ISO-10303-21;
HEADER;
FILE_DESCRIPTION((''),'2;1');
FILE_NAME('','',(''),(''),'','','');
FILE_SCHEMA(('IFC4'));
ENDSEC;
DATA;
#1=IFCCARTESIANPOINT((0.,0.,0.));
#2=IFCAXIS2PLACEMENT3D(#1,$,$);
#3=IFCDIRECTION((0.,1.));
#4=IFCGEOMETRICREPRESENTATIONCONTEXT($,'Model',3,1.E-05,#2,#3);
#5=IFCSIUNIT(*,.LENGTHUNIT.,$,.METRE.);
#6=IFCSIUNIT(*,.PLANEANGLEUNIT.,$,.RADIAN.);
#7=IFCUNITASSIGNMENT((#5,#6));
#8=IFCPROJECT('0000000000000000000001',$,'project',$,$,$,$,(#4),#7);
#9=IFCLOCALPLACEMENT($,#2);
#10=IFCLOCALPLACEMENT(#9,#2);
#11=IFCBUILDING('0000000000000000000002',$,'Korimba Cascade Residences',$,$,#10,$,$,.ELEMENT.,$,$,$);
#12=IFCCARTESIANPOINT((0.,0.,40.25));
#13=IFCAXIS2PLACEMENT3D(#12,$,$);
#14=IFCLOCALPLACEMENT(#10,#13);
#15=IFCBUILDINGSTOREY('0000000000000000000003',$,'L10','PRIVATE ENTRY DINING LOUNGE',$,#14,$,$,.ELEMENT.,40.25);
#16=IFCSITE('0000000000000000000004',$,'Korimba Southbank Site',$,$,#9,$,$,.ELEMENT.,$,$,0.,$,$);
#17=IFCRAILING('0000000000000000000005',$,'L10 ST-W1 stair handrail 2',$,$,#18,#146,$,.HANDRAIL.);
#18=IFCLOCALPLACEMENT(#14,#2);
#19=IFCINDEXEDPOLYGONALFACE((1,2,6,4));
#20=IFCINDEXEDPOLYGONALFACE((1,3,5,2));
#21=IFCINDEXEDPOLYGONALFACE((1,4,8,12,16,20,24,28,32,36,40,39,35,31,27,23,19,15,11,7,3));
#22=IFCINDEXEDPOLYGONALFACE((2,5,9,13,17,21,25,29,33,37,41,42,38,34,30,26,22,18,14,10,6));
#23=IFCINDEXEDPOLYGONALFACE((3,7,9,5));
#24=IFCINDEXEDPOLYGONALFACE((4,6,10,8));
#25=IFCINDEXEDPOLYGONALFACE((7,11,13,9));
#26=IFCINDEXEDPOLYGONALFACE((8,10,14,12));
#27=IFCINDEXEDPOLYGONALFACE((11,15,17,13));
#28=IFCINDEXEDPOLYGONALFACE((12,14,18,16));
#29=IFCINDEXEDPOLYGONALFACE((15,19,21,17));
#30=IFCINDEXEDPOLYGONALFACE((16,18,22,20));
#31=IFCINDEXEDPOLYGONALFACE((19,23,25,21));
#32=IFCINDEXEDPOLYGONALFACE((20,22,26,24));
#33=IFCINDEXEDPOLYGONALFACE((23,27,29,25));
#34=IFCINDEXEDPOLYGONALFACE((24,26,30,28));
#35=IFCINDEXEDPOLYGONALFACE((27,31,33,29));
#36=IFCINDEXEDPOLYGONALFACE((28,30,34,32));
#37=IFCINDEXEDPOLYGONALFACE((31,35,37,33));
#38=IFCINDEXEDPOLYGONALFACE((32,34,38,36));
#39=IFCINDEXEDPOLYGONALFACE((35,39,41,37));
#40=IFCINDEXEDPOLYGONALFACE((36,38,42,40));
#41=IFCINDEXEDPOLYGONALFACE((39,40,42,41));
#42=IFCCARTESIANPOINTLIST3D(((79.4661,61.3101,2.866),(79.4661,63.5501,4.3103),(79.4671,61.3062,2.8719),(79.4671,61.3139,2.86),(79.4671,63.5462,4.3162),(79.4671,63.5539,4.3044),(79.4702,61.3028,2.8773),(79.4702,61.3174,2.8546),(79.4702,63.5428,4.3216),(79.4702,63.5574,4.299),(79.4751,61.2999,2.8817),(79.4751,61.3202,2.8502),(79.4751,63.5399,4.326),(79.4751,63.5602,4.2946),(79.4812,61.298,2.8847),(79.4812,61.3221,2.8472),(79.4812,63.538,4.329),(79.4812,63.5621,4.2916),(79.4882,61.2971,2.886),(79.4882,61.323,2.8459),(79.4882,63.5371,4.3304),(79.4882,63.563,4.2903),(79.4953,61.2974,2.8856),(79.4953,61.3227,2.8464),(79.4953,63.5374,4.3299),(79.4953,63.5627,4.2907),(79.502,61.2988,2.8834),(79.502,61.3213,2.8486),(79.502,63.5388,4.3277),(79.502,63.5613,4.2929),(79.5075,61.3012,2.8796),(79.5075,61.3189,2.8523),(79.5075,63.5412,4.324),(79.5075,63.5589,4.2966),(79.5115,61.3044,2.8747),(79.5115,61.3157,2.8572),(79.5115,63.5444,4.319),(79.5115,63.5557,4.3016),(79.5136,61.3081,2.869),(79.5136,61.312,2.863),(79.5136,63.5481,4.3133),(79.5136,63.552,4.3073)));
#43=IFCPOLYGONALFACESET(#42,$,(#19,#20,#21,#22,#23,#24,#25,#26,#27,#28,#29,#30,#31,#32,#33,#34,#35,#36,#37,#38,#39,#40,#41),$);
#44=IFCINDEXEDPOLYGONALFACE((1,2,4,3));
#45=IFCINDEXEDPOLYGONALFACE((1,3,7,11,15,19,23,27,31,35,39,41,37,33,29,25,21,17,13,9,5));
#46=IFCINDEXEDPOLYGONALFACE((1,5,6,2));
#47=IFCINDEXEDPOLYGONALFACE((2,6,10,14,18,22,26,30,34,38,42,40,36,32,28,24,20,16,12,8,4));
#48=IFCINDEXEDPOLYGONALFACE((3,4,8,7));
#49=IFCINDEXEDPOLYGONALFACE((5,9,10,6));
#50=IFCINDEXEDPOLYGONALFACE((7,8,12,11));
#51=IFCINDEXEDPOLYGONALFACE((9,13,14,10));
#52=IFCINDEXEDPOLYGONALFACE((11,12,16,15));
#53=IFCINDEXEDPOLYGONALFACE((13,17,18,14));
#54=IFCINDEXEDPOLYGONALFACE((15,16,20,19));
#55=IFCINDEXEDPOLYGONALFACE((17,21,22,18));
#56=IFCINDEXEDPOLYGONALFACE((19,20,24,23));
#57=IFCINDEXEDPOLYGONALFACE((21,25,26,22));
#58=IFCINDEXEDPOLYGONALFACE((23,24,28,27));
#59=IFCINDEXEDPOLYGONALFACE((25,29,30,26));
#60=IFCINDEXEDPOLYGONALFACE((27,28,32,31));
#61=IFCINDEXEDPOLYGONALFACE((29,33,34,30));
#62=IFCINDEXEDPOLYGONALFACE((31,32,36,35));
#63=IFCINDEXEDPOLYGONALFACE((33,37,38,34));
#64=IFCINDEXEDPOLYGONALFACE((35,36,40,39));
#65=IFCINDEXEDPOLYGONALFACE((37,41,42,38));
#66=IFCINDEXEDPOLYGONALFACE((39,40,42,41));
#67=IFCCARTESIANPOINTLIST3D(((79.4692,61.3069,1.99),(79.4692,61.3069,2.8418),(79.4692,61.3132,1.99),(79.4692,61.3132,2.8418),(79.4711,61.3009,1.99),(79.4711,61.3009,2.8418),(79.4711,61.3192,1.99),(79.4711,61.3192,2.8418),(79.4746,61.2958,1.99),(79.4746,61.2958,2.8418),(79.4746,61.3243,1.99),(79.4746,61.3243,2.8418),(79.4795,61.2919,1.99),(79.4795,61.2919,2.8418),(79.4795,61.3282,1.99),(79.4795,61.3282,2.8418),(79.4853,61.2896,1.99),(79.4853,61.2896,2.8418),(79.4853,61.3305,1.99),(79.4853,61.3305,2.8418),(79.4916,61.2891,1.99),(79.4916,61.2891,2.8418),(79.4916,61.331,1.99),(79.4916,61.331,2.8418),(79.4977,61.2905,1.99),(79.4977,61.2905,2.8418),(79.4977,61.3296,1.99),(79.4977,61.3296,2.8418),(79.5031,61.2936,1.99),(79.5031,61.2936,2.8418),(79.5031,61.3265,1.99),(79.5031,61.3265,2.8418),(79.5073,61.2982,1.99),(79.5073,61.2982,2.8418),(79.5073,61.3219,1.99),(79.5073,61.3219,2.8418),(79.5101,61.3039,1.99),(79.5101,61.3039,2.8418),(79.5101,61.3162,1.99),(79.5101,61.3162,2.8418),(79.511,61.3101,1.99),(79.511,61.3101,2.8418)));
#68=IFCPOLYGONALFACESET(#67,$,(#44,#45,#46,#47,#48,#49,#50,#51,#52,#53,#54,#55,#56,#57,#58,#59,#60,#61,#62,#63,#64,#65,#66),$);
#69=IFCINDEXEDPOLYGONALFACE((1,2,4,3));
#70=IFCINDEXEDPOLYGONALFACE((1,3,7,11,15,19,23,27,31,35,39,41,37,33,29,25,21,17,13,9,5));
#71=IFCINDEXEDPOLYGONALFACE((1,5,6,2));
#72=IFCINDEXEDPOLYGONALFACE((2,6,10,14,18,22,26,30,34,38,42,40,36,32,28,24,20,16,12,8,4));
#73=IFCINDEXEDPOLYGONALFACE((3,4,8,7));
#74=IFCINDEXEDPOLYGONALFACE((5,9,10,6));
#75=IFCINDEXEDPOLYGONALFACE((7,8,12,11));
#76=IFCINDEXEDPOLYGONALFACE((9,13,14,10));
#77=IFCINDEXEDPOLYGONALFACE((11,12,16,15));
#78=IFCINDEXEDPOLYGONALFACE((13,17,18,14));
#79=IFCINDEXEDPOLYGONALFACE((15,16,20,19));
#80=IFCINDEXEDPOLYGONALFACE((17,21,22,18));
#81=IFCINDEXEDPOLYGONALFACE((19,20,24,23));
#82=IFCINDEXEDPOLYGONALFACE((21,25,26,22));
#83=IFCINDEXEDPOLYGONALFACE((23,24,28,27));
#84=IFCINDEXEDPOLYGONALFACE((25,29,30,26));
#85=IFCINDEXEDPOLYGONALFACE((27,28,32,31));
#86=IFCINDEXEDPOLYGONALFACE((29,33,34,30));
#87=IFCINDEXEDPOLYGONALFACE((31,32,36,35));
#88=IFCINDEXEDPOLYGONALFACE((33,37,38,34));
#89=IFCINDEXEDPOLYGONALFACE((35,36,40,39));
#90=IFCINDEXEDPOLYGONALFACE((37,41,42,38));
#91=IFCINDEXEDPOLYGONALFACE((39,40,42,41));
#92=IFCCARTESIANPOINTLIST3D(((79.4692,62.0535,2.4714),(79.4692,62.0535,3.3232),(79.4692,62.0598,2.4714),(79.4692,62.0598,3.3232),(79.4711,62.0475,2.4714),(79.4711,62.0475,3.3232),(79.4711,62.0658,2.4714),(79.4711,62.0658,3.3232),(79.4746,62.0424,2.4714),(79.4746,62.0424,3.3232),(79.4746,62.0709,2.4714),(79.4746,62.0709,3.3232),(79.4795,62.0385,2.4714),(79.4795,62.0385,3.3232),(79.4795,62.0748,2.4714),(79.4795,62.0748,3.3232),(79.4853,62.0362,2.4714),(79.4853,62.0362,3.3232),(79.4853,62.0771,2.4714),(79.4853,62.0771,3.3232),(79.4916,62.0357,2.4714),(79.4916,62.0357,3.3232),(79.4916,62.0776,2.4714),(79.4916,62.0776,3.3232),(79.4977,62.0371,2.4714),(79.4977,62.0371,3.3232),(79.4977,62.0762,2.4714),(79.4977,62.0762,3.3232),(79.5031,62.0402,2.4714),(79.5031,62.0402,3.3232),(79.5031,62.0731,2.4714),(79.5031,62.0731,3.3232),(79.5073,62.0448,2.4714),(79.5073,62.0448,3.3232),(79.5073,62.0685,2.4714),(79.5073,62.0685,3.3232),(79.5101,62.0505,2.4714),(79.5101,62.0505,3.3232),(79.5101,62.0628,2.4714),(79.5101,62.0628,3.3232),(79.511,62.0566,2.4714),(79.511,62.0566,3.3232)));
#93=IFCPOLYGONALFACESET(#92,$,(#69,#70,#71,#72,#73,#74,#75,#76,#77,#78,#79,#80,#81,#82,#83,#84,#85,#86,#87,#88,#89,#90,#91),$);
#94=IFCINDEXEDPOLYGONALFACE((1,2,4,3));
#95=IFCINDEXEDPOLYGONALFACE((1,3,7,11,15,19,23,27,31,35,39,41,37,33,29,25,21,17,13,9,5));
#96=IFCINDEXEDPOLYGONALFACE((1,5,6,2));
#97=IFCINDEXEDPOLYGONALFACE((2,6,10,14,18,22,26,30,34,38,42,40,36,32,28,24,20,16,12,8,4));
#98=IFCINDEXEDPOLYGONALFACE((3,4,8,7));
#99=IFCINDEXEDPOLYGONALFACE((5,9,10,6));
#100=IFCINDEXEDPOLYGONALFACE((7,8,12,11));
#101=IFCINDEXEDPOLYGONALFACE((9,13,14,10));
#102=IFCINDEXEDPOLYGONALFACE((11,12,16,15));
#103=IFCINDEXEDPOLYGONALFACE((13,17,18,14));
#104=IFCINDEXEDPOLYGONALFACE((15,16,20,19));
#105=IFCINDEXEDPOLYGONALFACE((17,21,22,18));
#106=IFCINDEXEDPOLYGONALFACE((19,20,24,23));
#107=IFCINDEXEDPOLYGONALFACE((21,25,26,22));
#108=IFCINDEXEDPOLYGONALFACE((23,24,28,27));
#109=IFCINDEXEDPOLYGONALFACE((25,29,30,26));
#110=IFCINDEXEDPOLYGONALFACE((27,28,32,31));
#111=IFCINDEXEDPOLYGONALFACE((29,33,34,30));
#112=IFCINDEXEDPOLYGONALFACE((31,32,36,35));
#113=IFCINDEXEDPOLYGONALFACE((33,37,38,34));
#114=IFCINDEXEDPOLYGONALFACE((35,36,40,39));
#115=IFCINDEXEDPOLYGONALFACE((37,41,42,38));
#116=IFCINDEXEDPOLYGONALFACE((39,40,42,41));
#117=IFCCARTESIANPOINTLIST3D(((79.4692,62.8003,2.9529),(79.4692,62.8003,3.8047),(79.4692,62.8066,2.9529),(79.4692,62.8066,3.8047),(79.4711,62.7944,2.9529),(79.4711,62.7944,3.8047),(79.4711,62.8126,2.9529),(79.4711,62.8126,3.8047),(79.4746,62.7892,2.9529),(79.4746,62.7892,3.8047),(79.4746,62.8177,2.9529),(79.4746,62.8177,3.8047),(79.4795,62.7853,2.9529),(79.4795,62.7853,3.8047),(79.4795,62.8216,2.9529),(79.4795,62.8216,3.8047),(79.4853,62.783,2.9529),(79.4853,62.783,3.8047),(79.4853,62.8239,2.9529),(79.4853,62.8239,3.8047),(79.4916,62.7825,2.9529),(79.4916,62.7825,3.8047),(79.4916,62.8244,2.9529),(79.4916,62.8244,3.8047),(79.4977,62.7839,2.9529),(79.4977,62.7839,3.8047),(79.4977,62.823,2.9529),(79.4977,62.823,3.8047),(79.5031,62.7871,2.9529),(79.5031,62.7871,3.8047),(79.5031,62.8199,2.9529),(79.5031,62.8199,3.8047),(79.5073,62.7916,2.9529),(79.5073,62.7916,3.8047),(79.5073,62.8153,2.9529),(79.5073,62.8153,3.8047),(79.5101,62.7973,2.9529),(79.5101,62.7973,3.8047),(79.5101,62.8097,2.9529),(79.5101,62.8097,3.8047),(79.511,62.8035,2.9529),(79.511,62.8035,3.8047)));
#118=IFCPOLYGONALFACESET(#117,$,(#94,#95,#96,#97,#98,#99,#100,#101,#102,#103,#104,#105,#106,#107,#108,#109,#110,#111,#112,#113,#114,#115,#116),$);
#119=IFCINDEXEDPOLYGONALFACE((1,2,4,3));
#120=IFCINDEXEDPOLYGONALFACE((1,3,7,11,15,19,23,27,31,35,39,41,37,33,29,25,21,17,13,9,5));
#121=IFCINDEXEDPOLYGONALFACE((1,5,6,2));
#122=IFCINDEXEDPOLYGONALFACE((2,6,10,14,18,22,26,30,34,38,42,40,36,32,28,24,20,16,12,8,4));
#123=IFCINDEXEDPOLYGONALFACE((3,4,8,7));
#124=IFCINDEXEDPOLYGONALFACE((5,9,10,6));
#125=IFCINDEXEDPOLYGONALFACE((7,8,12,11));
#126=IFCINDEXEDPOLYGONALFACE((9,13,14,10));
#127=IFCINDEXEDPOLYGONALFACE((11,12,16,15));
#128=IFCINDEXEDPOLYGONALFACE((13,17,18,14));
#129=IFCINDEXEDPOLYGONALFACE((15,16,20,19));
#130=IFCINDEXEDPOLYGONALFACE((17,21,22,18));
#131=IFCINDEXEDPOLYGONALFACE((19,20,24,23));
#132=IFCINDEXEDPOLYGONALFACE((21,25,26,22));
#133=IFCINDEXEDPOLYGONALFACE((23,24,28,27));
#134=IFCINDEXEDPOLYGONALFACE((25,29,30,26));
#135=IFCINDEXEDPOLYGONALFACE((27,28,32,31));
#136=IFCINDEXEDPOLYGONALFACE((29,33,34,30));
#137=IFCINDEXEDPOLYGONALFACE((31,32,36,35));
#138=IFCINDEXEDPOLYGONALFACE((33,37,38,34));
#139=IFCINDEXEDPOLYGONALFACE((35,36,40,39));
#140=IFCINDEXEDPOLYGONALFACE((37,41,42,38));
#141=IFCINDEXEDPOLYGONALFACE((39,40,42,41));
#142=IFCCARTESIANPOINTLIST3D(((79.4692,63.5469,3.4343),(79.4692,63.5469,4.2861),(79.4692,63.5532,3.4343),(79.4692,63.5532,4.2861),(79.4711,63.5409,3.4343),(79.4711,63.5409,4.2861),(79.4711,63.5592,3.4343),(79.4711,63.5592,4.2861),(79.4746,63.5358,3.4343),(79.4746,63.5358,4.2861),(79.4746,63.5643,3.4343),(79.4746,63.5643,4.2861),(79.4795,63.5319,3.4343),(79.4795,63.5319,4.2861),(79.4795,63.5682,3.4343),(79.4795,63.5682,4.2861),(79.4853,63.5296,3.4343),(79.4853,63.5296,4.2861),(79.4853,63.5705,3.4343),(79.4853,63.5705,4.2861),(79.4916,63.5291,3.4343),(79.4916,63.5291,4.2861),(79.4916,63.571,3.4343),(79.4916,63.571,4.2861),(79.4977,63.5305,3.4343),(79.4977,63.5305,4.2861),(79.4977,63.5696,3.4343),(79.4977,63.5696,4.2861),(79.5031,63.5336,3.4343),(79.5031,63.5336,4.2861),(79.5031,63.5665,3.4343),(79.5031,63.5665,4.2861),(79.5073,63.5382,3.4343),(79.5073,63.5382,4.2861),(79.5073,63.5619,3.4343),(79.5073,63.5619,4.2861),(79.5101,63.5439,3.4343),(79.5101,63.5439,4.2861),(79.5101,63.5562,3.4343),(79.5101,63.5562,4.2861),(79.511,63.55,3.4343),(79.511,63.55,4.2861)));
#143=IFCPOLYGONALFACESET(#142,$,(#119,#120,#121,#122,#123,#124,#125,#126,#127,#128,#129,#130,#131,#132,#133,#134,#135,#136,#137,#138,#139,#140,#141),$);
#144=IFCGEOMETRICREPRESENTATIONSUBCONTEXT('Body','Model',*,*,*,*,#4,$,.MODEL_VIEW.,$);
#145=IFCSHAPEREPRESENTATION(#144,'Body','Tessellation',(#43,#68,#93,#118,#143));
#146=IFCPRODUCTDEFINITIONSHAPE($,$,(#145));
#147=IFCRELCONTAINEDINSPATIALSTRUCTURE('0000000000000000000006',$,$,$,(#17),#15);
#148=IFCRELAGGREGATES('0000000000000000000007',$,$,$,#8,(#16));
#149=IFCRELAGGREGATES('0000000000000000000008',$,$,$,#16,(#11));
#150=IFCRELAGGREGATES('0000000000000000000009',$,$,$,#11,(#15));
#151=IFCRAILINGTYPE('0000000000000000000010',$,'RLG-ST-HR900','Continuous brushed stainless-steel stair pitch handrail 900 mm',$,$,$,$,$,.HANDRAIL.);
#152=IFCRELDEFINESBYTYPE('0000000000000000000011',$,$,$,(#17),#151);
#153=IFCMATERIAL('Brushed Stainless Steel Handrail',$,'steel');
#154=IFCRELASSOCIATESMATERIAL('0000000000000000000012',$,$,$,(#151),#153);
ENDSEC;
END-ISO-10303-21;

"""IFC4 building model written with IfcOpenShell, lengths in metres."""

from ifc_helpers import new_model, si_unit, direction, frame, origin, origin_2d, place, context, subcontext, project, spatial, circle, extrude, material, type_object, element, save


model = new_model("IFC4")

# Units and contexts
model_context = context("Model", 3, precision=1e-05, world=origin(), true_north=direction((0.0, 1.0)))
body_context = subcontext(model_context, "Body", "Model", "MODEL_VIEW")
ifc_project = project(units=[si_unit("LENGTHUNIT", "METRE"), si_unit("PLANEANGLEUNIT", "RADIAN")], contexts=[model_context])

# Site, building, storey
site_placement = place(None, origin())
site = spatial("IfcSite", under=ifc_project, at=site_placement, Name="Korimba Southbank Site", CompositionType="ELEMENT", RefElevation=0.0)
building_placement = place(site_placement, origin())
building = spatial("IfcBuilding", under=site, at=building_placement, Name="Korimba Cascade Residences", CompositionType="ELEMENT")
storey_placement = place(building_placement, frame((0.0, 0.0, 40.25)))
storey = spatial("IfcBuildingStorey", under=building, at=storey_placement, Name="L10", Description="PRIVATE ENTRY DINING LOUNGE", CompositionType="ELEMENT", Elevation=40.25)

# Railing
ifc_material_1 = material(Name="Brushed Stainless Steel Handrail", Category="steel")
railing_type = type_object("IfcRailingType", Name="RLG-ST-HR900", Description="Continuous brushed stainless-steel stair pitch handrail 900 mm", PredefinedType="HANDRAIL", material=ifc_material_1)
railing_placement = place(storey_placement, frame((79.49, 61.3101, 1.99)))
element("IfcRailing", 1, at=railing_placement, inside=storey, type_object=railing_type, Name="L10 ST-W1 stair handrail 2", PredefinedType="HANDRAIL", context=body_context, shape_type="SweptSolid", body=[
    extrude(circle(Radius=0.0239, at=origin_2d()), frame((0.0, 0.0, 0.876), z_axis=(0.0, 0.840437, 0.54191), x_axis=(-1.0, 0.0, 0.0)), (0.0, 0.0, 1.0), 2.6653),
    extrude(circle(Radius=0.021, at=origin_2d()), origin(), (0.0, 0.0, 1.0), 0.8518),
    extrude(circle(Radius=0.021, at=origin_2d()), frame((0.0, 0.7466, 0.4814)), (0.0, 0.0, 1.0), 0.8518),
    extrude(circle(Radius=0.021, at=origin_2d()), frame((0.0, 1.4934, 0.9629)), (0.0, 0.0, 1.0), 0.8518),
    extrude(circle(Radius=0.021, at=origin_2d()), frame((0.0, 2.24, 1.4443)), (0.0, 0.0, 1.0), 0.8518),
])

save(model, "model.ifc")
